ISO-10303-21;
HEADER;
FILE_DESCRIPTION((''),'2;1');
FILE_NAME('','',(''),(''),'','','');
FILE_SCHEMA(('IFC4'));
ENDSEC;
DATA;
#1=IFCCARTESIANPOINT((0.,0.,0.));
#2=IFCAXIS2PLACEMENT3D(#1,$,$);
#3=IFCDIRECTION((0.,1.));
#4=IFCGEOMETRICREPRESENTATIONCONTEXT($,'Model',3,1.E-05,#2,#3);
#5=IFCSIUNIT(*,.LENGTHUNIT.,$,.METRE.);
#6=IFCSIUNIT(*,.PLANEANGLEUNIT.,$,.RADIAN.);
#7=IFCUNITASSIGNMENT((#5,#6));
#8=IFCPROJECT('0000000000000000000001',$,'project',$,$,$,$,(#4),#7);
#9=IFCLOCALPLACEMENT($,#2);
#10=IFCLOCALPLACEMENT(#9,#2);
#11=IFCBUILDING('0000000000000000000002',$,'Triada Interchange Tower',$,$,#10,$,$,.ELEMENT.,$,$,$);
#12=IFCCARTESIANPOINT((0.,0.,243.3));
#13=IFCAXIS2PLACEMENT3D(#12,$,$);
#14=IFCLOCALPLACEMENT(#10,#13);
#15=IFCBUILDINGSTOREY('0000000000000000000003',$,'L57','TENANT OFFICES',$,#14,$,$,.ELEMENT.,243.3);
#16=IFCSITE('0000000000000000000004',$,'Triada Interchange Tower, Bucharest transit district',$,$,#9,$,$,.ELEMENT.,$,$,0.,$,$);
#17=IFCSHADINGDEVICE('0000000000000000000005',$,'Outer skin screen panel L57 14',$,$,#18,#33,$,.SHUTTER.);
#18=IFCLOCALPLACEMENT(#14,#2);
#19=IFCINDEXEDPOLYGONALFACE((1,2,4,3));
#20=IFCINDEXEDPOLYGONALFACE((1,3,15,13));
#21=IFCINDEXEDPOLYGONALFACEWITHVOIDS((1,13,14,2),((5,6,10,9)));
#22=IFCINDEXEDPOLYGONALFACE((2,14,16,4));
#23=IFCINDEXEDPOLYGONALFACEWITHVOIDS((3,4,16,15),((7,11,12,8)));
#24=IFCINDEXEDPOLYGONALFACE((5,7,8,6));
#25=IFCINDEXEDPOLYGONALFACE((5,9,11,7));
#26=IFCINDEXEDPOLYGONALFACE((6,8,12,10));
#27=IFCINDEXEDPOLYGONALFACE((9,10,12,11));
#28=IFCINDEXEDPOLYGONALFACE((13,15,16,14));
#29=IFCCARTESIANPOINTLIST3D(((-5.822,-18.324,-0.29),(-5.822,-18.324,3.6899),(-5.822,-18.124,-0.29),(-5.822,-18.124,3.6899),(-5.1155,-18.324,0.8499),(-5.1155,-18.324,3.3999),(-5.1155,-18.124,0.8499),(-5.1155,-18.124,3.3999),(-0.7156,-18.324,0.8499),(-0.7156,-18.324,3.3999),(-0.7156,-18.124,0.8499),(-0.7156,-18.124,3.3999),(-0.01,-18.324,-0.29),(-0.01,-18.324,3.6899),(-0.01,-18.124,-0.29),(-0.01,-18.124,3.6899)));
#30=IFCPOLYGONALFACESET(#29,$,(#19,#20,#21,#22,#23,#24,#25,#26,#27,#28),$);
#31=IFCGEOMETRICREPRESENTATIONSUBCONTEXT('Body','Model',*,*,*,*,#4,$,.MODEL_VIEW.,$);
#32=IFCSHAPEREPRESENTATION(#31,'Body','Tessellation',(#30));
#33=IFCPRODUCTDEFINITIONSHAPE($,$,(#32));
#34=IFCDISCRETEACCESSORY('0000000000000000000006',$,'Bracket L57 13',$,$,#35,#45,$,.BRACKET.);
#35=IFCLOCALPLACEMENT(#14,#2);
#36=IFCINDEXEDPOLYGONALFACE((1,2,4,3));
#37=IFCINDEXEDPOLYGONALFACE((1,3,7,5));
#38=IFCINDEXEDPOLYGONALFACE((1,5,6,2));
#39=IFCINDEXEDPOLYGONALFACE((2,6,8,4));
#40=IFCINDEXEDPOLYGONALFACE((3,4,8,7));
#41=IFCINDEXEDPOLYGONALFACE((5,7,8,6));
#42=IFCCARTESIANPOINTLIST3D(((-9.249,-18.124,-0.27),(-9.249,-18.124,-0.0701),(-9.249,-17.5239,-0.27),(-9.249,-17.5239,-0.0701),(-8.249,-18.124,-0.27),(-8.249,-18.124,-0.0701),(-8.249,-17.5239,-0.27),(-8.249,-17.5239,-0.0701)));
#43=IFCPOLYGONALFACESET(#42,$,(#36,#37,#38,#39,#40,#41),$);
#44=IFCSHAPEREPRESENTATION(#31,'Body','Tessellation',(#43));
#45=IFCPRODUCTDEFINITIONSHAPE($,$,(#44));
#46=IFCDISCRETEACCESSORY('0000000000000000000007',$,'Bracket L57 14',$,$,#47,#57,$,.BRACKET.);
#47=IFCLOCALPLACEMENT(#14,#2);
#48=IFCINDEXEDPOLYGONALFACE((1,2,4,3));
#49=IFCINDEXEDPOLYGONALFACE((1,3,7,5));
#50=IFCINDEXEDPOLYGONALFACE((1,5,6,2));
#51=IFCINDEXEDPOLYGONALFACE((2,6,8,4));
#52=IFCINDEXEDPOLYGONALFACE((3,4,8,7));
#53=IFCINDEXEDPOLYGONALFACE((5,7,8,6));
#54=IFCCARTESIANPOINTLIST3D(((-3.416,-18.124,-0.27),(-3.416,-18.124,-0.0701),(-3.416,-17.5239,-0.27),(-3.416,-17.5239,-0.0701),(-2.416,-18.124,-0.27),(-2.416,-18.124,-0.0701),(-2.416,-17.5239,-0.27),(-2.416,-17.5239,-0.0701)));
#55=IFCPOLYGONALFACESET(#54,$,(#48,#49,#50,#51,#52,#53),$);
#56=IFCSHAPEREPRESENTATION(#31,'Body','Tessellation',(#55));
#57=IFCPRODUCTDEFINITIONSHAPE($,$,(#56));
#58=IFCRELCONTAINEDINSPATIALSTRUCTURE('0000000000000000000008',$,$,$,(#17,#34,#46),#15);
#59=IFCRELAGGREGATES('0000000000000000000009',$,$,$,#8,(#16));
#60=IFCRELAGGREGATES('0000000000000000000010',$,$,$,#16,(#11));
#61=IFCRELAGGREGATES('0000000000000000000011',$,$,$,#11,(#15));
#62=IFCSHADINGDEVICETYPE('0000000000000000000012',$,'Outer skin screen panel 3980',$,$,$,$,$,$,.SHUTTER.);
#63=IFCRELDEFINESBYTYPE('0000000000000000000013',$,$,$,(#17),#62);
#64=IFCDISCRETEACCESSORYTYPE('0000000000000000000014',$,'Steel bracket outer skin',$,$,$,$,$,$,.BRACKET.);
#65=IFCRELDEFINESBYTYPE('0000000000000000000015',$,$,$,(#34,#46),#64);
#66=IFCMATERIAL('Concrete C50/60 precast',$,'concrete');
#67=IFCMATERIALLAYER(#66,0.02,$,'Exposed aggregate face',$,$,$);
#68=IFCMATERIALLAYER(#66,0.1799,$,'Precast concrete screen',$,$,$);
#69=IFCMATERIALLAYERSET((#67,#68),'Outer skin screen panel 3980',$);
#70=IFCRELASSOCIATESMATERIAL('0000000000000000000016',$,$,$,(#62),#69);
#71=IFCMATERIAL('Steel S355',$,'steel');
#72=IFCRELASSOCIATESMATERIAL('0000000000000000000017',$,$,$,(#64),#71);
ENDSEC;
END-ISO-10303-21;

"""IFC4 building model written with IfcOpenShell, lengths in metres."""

from ifc_helpers import new_model, si_unit, direction, frame, origin, origin_2d, place, context, subcontext, project, spatial, polyline, rectangle, outline, extrude, material, layer, layer_set, type_object, element, save


model = new_model("IFC4")

# Units and contexts
model_context = context("Model", 3, precision=1e-05, world=origin(), true_north=direction((0.0, 1.0)))
body_context = subcontext(model_context, "Body", "Model", "MODEL_VIEW")
ifc_project = project(units=[si_unit("LENGTHUNIT", "METRE"), si_unit("PLANEANGLEUNIT", "RADIAN")], contexts=[model_context])

# Site, building, storey
site_placement = place(None, origin())
site = spatial("IfcSite", under=ifc_project, at=site_placement, Name="Triada Interchange Tower, Bucharest transit district", CompositionType="ELEMENT", RefElevation=0.0)
building_placement = place(site_placement, origin())
building = spatial("IfcBuilding", under=site, at=building_placement, Name="Triada Interchange Tower", CompositionType="ELEMENT")
storey_placement = place(building_placement, frame((0.0, 0.0, 243.3)))
storey = spatial("IfcBuildingStorey", under=building, at=storey_placement, Name="L57", Description="TENANT OFFICES", CompositionType="ELEMENT", Elevation=243.3)

# Shading device
ifc_material_1 = material(Name="Concrete C50/60 precast", Category="concrete")
ifc_layer_1 = layer(ifc_material_1, 0.02, Name="Exposed aggregate face")
ifc_layer_2 = layer(ifc_material_1, 0.1799, Name="Precast concrete screen")
ifc_layer_set_1 = layer_set([ifc_layer_1, ifc_layer_2], Name="Outer skin screen panel 3980")
shading_device_type = type_object("IfcShadingDeviceType", Name="Outer skin screen panel 3980", PredefinedType="SHUTTER", material=ifc_layer_set_1)
shading_device_1_placement = place(storey_placement, frame((-5.822, -18.124, -0.29), z_axis=(0.0, 0.0, 1.0), x_axis=(1.0, 0.0, 0.0)))
element("IfcShadingDevice", 1, at=shading_device_1_placement, inside=storey, type_object=shading_device_type, Name="Outer skin screen panel L57 14", PredefinedType="SHUTTER", context=body_context, shape_type="SweptSolid", body=[
    extrude(outline(polyline([(0.0, 0.0), (5.812, 0.0), (5.812, 3.98), (0.0, 3.98), (0.0, 0.0)]), holes=[polyline([(0.7065, 1.1399), (0.7065, 3.6899), (5.1064, 3.6899), (5.1064, 1.1399), (0.7065, 1.1399)])]), frame((0.0, 0.0, 0.0), z_axis=(0.0, -1.0, 0.0), x_axis=(1.0, 0.0, 0.0)), (0.0, 0.0, 1.0), 0.2),
])

# Discrete accessories
ifc_material_2 = material(Name="Steel S355", Category="steel")
discrete_accessory_type = type_object("IfcDiscreteAccessoryType", Name="Steel bracket outer skin", PredefinedType="BRACKET", material=ifc_material_2)
for number, where, z_axis, x_axis, name in (
    (2, (-8.749, -17.824, -0.27), (0.0, 0.0, 1.0), (0.0, -1.0, 0.0), "Bracket L57 13"),
    (3, (-2.916, -17.824, -0.27), (0.0, 0.0, 1.0), (0.0, -1.0, 0.0), "Bracket L57 14"),
):
    element("IfcDiscreteAccessory", number, at=place(storey_placement, frame(where, z_axis=z_axis, x_axis=x_axis)), inside=storey, type_object=discrete_accessory_type, Name=name, PredefinedType="BRACKET", context=body_context, shape_type="SweptSolid", body=[
        extrude(rectangle(XDim=0.6001, YDim=1.0, at=origin_2d()), origin(), (0.0, 0.0, 1.0), 0.2),
    ])

save(model, "model.ifc")
